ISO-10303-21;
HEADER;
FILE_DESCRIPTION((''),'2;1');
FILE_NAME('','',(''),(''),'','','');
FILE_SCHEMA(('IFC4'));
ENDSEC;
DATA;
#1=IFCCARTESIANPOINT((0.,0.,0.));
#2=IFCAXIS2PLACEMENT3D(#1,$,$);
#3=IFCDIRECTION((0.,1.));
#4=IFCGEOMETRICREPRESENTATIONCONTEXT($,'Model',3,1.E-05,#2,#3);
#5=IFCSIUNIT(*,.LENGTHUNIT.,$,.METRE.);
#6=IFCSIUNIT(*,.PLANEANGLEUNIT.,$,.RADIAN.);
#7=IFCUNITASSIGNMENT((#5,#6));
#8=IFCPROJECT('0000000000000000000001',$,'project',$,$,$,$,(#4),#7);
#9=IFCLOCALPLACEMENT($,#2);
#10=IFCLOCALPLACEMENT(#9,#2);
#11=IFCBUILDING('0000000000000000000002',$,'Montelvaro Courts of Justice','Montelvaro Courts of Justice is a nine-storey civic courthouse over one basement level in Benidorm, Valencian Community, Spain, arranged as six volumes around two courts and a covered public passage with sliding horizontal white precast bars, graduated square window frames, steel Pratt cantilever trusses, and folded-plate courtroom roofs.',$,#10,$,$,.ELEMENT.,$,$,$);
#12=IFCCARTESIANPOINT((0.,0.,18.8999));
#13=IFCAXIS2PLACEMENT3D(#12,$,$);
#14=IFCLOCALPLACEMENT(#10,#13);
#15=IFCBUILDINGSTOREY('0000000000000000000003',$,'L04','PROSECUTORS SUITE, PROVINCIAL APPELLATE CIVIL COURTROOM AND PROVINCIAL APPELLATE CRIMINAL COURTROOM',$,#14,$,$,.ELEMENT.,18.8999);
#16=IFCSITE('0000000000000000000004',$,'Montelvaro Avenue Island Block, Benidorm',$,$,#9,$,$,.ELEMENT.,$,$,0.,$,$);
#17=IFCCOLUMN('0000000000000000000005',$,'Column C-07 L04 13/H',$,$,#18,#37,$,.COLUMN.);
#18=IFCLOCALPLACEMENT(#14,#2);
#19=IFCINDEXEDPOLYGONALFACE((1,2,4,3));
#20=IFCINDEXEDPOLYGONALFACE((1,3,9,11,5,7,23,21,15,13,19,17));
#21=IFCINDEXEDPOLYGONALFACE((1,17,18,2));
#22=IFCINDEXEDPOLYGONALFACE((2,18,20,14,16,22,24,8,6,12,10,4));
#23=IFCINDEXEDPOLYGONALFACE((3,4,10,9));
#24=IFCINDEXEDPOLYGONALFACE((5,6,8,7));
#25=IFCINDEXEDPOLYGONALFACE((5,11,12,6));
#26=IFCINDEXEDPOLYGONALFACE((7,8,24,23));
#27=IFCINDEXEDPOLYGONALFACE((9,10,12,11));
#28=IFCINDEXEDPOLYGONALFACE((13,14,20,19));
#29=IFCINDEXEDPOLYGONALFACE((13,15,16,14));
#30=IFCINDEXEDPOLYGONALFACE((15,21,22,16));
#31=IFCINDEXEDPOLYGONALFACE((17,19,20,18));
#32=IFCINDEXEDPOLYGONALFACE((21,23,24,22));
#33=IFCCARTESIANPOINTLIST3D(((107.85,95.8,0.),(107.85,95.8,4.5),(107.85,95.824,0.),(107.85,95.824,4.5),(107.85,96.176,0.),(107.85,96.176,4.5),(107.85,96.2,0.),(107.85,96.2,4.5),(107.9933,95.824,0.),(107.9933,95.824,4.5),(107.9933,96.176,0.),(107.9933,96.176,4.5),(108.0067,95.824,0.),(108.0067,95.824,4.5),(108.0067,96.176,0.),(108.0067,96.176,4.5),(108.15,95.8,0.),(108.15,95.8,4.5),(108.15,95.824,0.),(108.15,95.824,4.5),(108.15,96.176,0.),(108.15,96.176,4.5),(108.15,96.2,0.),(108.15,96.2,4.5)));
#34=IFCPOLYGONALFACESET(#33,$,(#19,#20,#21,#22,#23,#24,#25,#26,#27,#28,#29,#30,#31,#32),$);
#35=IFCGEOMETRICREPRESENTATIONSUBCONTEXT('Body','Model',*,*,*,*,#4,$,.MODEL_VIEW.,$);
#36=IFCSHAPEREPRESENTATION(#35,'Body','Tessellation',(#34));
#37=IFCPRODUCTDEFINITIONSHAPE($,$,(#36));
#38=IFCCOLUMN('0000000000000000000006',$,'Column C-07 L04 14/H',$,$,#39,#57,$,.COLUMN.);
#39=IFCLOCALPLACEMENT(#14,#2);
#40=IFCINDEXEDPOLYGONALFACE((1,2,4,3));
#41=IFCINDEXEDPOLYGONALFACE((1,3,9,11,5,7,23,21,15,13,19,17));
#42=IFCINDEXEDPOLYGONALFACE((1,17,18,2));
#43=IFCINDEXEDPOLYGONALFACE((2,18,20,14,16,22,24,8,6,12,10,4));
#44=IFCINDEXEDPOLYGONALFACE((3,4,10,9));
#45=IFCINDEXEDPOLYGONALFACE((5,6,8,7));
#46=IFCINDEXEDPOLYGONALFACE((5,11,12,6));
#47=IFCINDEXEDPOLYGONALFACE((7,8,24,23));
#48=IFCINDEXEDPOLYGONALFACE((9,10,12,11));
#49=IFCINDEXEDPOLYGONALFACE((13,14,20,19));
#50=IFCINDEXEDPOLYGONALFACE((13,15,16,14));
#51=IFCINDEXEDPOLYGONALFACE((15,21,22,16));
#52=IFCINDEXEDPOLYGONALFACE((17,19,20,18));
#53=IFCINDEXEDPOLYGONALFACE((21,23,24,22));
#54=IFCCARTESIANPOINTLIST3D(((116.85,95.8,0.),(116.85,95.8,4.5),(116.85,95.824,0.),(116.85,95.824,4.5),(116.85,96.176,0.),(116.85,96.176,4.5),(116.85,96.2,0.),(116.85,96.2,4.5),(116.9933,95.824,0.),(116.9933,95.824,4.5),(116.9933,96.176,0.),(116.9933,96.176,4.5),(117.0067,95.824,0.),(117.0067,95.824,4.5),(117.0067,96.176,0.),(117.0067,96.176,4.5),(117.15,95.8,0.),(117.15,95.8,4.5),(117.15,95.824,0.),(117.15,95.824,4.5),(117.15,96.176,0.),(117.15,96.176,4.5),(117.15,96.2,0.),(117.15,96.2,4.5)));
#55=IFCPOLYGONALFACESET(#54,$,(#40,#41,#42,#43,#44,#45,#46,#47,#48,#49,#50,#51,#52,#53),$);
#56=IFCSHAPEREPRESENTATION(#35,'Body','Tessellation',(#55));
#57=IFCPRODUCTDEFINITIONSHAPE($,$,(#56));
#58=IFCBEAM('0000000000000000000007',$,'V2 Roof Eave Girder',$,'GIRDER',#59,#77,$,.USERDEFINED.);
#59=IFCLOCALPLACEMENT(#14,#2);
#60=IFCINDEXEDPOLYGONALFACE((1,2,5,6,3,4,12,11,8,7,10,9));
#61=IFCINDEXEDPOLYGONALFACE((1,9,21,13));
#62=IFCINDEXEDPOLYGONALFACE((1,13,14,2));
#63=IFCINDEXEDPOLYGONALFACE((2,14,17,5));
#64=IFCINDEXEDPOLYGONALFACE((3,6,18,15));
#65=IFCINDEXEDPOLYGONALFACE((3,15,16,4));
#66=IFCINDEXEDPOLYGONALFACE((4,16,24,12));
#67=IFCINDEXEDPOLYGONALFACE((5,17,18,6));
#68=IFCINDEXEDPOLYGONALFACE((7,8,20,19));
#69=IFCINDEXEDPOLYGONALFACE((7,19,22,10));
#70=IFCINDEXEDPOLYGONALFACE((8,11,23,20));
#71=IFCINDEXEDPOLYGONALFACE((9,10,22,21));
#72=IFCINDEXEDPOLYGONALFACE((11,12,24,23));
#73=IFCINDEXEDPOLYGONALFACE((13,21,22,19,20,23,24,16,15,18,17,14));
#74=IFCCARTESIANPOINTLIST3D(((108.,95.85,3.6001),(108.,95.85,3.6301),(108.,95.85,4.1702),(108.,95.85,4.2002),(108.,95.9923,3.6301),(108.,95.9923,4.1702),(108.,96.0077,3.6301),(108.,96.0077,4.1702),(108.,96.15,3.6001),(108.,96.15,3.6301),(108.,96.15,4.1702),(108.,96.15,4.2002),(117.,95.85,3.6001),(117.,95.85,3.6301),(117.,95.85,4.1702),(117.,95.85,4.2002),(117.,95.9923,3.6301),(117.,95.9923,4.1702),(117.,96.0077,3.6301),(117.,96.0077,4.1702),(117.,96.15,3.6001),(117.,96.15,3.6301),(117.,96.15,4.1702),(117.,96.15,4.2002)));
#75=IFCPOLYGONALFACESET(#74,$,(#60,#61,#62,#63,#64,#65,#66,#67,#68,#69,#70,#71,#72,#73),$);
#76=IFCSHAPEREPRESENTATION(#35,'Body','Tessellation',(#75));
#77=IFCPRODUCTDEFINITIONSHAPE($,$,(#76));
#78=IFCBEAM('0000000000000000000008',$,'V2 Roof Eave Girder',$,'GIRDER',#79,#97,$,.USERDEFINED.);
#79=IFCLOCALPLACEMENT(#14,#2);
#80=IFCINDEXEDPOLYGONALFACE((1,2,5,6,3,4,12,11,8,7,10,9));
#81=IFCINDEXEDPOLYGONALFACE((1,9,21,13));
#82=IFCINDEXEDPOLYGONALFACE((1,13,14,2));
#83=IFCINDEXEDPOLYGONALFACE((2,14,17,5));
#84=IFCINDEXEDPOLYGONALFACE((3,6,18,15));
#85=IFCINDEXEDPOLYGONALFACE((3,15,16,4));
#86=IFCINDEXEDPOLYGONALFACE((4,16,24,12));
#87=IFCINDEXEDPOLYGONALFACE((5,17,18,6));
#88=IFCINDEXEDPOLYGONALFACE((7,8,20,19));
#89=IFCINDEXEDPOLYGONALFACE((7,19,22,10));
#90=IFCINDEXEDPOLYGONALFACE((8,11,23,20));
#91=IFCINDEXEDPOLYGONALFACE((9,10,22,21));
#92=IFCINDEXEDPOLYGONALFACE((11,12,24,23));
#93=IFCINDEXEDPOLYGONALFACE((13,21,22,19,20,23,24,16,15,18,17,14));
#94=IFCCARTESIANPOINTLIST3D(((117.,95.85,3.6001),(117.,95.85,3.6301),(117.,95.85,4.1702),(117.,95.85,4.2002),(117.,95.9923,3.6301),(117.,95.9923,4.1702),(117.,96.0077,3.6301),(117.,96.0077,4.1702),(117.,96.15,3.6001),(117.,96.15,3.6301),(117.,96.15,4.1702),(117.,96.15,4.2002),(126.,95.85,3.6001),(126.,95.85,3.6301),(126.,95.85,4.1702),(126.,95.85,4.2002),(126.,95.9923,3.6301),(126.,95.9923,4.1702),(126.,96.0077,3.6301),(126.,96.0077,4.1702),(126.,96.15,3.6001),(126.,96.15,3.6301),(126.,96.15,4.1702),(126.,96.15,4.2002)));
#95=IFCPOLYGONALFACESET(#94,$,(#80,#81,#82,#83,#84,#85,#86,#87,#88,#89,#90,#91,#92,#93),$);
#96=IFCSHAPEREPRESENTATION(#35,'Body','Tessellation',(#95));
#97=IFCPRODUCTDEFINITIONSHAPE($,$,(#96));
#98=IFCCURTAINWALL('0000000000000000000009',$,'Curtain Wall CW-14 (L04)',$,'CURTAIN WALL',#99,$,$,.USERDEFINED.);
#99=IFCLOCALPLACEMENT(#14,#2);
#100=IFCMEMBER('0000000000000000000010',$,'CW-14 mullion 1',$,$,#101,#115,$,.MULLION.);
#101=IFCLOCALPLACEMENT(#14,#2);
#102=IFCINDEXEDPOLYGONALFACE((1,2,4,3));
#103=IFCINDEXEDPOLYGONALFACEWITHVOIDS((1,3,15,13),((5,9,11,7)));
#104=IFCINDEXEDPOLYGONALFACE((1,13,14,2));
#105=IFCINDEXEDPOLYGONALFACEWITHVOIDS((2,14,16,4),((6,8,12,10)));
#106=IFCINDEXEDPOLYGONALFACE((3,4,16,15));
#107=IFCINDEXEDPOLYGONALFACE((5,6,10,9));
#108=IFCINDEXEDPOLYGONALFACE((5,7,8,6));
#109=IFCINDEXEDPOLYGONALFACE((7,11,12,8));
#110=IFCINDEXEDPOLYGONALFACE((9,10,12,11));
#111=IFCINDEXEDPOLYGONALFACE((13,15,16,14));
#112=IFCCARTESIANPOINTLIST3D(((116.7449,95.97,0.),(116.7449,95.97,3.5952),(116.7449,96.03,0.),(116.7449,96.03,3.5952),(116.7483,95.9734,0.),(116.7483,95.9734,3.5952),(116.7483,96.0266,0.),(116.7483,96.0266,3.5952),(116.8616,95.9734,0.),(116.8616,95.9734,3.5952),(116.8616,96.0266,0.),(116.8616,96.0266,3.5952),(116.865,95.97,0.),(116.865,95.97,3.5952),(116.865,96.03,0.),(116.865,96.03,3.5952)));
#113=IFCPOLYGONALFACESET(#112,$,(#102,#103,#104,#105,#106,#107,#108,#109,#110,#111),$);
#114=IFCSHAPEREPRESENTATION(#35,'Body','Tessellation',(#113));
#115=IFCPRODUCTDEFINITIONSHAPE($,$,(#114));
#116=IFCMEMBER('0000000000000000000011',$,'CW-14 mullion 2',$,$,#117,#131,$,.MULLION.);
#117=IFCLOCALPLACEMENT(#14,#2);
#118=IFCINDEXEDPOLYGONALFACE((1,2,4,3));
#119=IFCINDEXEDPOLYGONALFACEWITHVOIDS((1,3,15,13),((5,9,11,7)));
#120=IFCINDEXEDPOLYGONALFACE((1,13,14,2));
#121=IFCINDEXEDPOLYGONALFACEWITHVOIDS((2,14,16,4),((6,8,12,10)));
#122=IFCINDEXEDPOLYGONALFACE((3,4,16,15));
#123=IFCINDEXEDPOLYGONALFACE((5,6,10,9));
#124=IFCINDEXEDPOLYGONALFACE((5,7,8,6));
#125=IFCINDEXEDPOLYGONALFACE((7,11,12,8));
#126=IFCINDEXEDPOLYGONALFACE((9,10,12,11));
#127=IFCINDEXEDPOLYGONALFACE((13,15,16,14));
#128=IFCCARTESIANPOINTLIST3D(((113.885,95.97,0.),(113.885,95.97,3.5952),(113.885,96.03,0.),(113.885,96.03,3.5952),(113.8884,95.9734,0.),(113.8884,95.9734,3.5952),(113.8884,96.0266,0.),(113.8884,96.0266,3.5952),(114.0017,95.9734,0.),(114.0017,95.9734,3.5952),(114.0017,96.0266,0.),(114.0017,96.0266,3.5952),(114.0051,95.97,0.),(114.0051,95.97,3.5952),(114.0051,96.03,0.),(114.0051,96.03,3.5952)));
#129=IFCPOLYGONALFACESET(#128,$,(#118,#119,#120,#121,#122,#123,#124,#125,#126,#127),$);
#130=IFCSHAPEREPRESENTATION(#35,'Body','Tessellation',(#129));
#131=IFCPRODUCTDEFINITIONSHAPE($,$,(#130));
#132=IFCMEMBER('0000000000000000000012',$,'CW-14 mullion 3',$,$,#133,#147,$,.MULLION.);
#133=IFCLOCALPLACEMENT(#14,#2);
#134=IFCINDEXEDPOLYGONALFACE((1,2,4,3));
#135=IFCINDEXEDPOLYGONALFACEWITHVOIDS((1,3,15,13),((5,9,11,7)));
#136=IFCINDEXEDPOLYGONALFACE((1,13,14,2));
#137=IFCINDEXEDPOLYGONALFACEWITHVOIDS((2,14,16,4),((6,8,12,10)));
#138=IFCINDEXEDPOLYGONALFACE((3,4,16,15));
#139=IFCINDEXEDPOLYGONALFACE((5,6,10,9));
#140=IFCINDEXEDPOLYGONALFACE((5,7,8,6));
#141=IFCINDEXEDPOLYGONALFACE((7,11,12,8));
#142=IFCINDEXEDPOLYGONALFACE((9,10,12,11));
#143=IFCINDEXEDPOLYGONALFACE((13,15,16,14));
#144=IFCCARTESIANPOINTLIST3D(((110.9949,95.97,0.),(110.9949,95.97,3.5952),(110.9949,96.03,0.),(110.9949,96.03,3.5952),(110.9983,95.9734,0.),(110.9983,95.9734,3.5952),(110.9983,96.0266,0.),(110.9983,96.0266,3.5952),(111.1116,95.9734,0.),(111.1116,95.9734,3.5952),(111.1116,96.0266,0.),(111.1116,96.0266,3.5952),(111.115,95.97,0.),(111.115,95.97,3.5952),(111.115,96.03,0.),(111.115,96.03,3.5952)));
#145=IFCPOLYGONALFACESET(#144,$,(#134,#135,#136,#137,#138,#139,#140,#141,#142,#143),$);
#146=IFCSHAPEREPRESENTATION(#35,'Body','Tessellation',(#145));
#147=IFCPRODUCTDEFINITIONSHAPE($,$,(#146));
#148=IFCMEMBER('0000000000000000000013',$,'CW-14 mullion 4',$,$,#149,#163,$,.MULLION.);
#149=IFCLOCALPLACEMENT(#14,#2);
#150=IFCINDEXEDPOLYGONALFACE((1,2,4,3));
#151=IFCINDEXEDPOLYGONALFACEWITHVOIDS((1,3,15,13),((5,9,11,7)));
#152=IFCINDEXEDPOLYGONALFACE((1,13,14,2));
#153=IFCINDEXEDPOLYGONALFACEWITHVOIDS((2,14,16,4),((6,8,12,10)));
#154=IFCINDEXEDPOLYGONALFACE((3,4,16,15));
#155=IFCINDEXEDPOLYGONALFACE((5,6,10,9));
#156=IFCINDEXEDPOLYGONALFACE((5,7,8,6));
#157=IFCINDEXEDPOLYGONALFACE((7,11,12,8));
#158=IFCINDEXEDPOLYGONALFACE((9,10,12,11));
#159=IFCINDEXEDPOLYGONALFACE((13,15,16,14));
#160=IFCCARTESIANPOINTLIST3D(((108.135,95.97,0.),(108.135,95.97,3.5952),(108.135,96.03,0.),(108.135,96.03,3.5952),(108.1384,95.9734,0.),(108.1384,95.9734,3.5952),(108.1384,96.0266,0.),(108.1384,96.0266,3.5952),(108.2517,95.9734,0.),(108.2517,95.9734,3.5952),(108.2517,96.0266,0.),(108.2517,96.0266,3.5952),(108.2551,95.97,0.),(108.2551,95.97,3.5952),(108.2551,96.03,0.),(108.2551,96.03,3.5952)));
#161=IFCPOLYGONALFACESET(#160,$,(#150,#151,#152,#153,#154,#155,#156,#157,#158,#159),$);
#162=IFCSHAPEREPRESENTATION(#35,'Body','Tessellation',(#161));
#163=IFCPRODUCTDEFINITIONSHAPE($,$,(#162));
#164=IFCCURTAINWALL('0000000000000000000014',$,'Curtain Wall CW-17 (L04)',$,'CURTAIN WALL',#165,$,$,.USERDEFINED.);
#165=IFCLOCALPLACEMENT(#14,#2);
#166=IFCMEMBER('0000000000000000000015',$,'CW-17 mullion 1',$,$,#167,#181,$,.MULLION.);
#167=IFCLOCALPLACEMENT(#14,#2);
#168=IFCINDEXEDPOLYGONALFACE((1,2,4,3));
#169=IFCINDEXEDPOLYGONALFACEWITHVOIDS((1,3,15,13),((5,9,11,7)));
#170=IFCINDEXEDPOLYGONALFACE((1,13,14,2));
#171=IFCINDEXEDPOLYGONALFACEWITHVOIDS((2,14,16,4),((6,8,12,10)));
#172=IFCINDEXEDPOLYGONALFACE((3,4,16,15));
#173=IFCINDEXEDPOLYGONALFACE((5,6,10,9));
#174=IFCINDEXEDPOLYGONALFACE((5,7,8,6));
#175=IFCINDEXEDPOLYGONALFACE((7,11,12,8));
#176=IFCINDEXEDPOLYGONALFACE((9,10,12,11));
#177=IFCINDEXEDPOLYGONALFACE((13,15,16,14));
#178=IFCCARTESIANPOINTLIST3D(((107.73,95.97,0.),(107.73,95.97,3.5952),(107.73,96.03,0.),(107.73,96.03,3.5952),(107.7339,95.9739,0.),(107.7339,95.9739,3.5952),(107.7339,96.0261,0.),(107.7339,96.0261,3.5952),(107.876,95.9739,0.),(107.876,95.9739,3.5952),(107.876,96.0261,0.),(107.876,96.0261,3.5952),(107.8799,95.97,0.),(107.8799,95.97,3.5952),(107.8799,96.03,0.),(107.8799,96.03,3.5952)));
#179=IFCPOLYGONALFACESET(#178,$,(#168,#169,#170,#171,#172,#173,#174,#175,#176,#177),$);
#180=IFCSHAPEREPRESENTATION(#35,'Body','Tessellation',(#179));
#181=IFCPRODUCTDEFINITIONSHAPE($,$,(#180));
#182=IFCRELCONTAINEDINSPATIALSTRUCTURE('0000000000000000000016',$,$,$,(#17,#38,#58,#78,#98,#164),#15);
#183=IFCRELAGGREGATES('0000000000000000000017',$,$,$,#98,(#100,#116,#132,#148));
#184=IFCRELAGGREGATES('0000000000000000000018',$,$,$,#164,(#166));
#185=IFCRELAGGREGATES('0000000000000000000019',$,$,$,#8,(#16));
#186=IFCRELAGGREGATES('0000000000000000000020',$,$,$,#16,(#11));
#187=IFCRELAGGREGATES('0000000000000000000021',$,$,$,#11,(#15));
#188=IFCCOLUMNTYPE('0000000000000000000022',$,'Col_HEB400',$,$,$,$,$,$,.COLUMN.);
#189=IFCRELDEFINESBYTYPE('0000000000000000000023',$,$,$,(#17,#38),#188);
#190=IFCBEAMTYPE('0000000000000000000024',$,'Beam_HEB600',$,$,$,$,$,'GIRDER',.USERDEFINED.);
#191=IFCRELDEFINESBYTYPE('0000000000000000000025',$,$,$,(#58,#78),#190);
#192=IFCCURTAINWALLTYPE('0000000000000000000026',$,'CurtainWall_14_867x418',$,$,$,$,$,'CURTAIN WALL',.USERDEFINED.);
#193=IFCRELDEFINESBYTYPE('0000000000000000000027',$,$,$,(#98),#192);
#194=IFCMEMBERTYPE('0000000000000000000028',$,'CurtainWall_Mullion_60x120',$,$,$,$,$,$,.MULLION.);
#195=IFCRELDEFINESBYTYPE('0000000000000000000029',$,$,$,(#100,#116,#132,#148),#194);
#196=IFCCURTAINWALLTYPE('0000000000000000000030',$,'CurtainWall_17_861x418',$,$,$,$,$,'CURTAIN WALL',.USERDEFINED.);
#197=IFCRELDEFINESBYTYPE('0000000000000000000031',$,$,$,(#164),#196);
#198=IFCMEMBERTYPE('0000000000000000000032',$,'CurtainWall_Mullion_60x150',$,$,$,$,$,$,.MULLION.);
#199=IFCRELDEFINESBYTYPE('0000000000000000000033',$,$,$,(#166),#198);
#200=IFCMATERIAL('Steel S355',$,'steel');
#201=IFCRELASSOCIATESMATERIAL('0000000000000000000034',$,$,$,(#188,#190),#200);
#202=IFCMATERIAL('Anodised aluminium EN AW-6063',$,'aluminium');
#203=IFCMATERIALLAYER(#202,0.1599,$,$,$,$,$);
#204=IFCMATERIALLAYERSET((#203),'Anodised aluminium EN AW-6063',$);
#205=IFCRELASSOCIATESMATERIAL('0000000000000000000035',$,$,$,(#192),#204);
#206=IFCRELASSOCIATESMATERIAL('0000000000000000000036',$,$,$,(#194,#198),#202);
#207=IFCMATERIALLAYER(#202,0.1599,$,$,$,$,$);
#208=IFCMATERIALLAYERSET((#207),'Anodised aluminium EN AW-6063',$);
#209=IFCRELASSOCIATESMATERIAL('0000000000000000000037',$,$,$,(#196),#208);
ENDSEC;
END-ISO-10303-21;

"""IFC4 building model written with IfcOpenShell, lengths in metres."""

from ifc_helpers import new_model, si_unit, direction, frame, origin, origin_2d, place, context, subcontext, project, spatial, hollow_rectangle, i_section, extrude, material, layer, layer_set, material_profile, profile_set, type_object, element, aggregate, save


model = new_model("IFC4")

# Units and contexts
model_context = context("Model", 3, precision=1e-05, world=origin(), true_north=direction((0.0, 1.0)))
body_context = subcontext(model_context, "Body", "Model", "MODEL_VIEW")
ifc_project = project(units=[si_unit("LENGTHUNIT", "METRE"), si_unit("PLANEANGLEUNIT", "RADIAN")], contexts=[model_context])

# Site, building, storey
site_placement = place(None, origin())
site = spatial("IfcSite", under=ifc_project, at=site_placement, Name="Montelvaro Avenue Island Block, Benidorm", CompositionType="ELEMENT", RefElevation=0.0)
building_placement = place(site_placement, origin())
building = spatial("IfcBuilding", under=site, at=building_placement, Name="Montelvaro Courts of Justice", Description="Montelvaro Courts of Justice is a nine-storey civic courthouse over one basement level in Benidorm, Valencian Community, Spain, arranged as six volumes around two courts and a covered public passage with sliding horizontal white precast bars, graduated square window frames, steel Pratt cantilever trusses, and folded-plate courtroom roofs.", CompositionType="ELEMENT")
storey_placement = place(building_placement, frame((0.0, 0.0, 18.8999)))
storey = spatial("IfcBuildingStorey", under=building, at=storey_placement, Name="L04", Description="PROSECUTORS SUITE, PROVINCIAL APPELLATE CIVIL COURTROOM AND PROVINCIAL APPELLATE CRIMINAL COURTROOM", CompositionType="ELEMENT", Elevation=18.8999)

# Columns
ifc_material_1 = material(Name="Steel S355", Category="steel")
ifc_material_profile_1 = material_profile(ifc_material_1, i_section(OverallWidth=0.3, OverallDepth=0.3999, WebThickness=0.0134, FlangeThickness=0.0239, at=origin_2d()), Name="HEB 400")
ifc_profile_set_1 = profile_set([ifc_material_profile_1], Name="Steel S355")
column_type = type_object("IfcColumnType", Name="Col_HEB400", PredefinedType="COLUMN", material=ifc_profile_set_1)
for number, where, z_axis, x_axis, name in (
    (1, (108.0, 96.0, 0.0), (0.0, 0.0, 1.0), (1.0, 0.0, 0.0), "Column C-07 L04 13/H"),
    (2, (117.0, 96.0, 0.0), (0.0, 0.0, 1.0), (1.0, 0.0, 0.0), "Column C-07 L04 14/H"),
):
    element("IfcColumn", number, at=place(storey_placement, frame(where, z_axis=z_axis, x_axis=x_axis)), inside=storey, type_object=column_type, Name=name, PredefinedType="COLUMN", context=body_context, shape_type="SweptSolid", body=[
        extrude(i_section(OverallWidth=0.3, OverallDepth=0.3999, WebThickness=0.0134, FlangeThickness=0.0239, at=origin_2d()), origin(), (0.0, 0.0, 1.0), 4.5),
    ])

# Beams
ifc_material_profile_2 = material_profile(ifc_material_1, i_section(OverallWidth=0.3, OverallDepth=0.6001, WebThickness=0.0154, FlangeThickness=0.03, at=origin_2d()), Name="HEB 600")
ifc_profile_set_2 = profile_set([ifc_material_profile_2], Name="Steel S355")
beam_type = type_object("IfcBeamType", Name="Beam_HEB600", ElementType="GIRDER", PredefinedType="USERDEFINED", material=ifc_profile_set_2)
for number, where, z_axis, x_axis, name in (
    (3, (108.0, 96.0, 3.9001), (1.0, 0.0, 0.0), (0.0, 1.0, 0.0), "V2 Roof Eave Girder"),
    (4, (117.0, 96.0, 3.9001), (1.0, 0.0, 0.0), (0.0, 1.0, 0.0), "V2 Roof Eave Girder"),
):
    element("IfcBeam", number, at=place(storey_placement, frame(where, z_axis=z_axis, x_axis=x_axis)), inside=storey, type_object=beam_type, Name=name, ObjectType="GIRDER", PredefinedType="USERDEFINED", context=body_context, shape_type="SweptSolid", body=[
        extrude(i_section(OverallWidth=0.3, OverallDepth=0.6001, WebThickness=0.0154, FlangeThickness=0.03, at=origin_2d()), origin(), (0.0, 0.0, 1.0), 9.0),
    ])

# Curtain wall, members
ifc_material_2 = material(Name="Anodised aluminium EN AW-6063", Category="aluminium")
ifc_layer_1 = layer(ifc_material_2, 0.1599)
ifc_layer_set_1 = layer_set([ifc_layer_1], Name="Anodised aluminium EN AW-6063")
curtain_wall_type_1 = type_object("IfcCurtainWallType", Name="CurtainWall_14_867x418", ElementType="CURTAIN WALL", PredefinedType="USERDEFINED", material=ifc_layer_set_1)
curtain_wall_1_placement = place(storey_placement, origin())
curtain_wall_1 = element("IfcCurtainWall", 5, at=curtain_wall_1_placement, inside=storey, type_object=curtain_wall_type_1, Name="Curtain Wall CW-14 (L04)", ObjectType="CURTAIN WALL", PredefinedType="USERDEFINED")
ifc_material_profile_3 = material_profile(ifc_material_2, hollow_rectangle(XDim=0.0601, YDim=0.1201, WallThickness=0.0034, at=origin_2d()), Name="ALU-M 60x120")
ifc_profile_set_3 = profile_set([ifc_material_profile_3], Name="Anodised aluminium EN AW-6063")
member_type_1 = type_object("IfcMemberType", Name="CurtainWall_Mullion_60x120", PredefinedType="MULLION", material=ifc_profile_set_3)
member_1_placement = place(storey_placement, frame((116.8049, 96.0, 0.0), z_axis=(0.0, 0.0, 1.0), x_axis=(0.0, -1.0, 0.0)))
member_1 = element("IfcMember", 6, at=member_1_placement, type_object=member_type_1, Name="CW-14 mullion 1", PredefinedType="MULLION", context=body_context, shape_type="SweptSolid", body=[
    extrude(hollow_rectangle(XDim=0.0601, YDim=0.1201, WallThickness=0.0034, at=origin_2d()), origin(), (0.0, 0.0, 1.0), 3.5952),
])
member_2_placement = place(storey_placement, frame((113.9451, 96.0, 0.0), z_axis=(0.0, 0.0, 1.0), x_axis=(0.0, -1.0, 0.0)))
member_2 = element("IfcMember", 7, at=member_2_placement, type_object=member_type_1, Name="CW-14 mullion 2", PredefinedType="MULLION", context=body_context, shape_type="SweptSolid", body=[
    extrude(hollow_rectangle(XDim=0.0601, YDim=0.1201, WallThickness=0.0034, at=origin_2d()), origin(), (0.0, 0.0, 1.0), 3.5952),
])
member_3_placement = place(storey_placement, frame((111.0549, 96.0, 0.0), z_axis=(0.0, 0.0, 1.0), x_axis=(0.0, -1.0, 0.0)))
member_3 = element("IfcMember", 8, at=member_3_placement, type_object=member_type_1, Name="CW-14 mullion 3", PredefinedType="MULLION", context=body_context, shape_type="SweptSolid", body=[
    extrude(hollow_rectangle(XDim=0.0601, YDim=0.1201, WallThickness=0.0034, at=origin_2d()), origin(), (0.0, 0.0, 1.0), 3.5952),
])
member_4_placement = place(storey_placement, frame((108.1951, 96.0, 0.0), z_axis=(0.0, 0.0, 1.0), x_axis=(0.0, -1.0, 0.0)))
member_4 = element("IfcMember", 9, at=member_4_placement, type_object=member_type_1, Name="CW-14 mullion 4", PredefinedType="MULLION", context=body_context, shape_type="SweptSolid", body=[
    extrude(hollow_rectangle(XDim=0.0601, YDim=0.1201, WallThickness=0.0034, at=origin_2d()), origin(), (0.0, 0.0, 1.0), 3.5952),
])

# Curtain wall, member
ifc_layer_2 = layer(ifc_material_2, 0.1599)
ifc_layer_set_2 = layer_set([ifc_layer_2], Name="Anodised aluminium EN AW-6063")
curtain_wall_type_2 = type_object("IfcCurtainWallType", Name="CurtainWall_17_861x418", ElementType="CURTAIN WALL", PredefinedType="USERDEFINED", material=ifc_layer_set_2)
curtain_wall_2_placement = place(storey_placement, origin())
curtain_wall_2 = element("IfcCurtainWall", 10, at=curtain_wall_2_placement, inside=storey, type_object=curtain_wall_type_2, Name="Curtain Wall CW-17 (L04)", ObjectType="CURTAIN WALL", PredefinedType="USERDEFINED")
ifc_material_profile_4 = material_profile(ifc_material_2, hollow_rectangle(XDim=0.0601, YDim=0.1499, WallThickness=0.0039, at=origin_2d()), Name="ALU-M 60x150")
ifc_profile_set_4 = profile_set([ifc_material_profile_4], Name="Anodised aluminium EN AW-6063")
member_type_2 = type_object("IfcMemberType", Name="CurtainWall_Mullion_60x150", PredefinedType="MULLION", material=ifc_profile_set_4)
member_5_placement = place(storey_placement, frame((107.8049, 96.0, 0.0), z_axis=(0.0, 0.0, 1.0), x_axis=(0.0, -1.0, 0.0)))
member_5 = element("IfcMember", 11, at=member_5_placement, type_object=member_type_2, Name="CW-17 mullion 1", PredefinedType="MULLION", context=body_context, shape_type="SweptSolid", body=[
    extrude(hollow_rectangle(XDim=0.0601, YDim=0.1499, WallThickness=0.0039, at=origin_2d()), origin(), (0.0, 0.0, 1.0), 3.5952),
])

aggregate(curtain_wall_1, [member_1, member_2, member_3, member_4])
aggregate(curtain_wall_2, [member_5])

save(model, "model.ifc")
